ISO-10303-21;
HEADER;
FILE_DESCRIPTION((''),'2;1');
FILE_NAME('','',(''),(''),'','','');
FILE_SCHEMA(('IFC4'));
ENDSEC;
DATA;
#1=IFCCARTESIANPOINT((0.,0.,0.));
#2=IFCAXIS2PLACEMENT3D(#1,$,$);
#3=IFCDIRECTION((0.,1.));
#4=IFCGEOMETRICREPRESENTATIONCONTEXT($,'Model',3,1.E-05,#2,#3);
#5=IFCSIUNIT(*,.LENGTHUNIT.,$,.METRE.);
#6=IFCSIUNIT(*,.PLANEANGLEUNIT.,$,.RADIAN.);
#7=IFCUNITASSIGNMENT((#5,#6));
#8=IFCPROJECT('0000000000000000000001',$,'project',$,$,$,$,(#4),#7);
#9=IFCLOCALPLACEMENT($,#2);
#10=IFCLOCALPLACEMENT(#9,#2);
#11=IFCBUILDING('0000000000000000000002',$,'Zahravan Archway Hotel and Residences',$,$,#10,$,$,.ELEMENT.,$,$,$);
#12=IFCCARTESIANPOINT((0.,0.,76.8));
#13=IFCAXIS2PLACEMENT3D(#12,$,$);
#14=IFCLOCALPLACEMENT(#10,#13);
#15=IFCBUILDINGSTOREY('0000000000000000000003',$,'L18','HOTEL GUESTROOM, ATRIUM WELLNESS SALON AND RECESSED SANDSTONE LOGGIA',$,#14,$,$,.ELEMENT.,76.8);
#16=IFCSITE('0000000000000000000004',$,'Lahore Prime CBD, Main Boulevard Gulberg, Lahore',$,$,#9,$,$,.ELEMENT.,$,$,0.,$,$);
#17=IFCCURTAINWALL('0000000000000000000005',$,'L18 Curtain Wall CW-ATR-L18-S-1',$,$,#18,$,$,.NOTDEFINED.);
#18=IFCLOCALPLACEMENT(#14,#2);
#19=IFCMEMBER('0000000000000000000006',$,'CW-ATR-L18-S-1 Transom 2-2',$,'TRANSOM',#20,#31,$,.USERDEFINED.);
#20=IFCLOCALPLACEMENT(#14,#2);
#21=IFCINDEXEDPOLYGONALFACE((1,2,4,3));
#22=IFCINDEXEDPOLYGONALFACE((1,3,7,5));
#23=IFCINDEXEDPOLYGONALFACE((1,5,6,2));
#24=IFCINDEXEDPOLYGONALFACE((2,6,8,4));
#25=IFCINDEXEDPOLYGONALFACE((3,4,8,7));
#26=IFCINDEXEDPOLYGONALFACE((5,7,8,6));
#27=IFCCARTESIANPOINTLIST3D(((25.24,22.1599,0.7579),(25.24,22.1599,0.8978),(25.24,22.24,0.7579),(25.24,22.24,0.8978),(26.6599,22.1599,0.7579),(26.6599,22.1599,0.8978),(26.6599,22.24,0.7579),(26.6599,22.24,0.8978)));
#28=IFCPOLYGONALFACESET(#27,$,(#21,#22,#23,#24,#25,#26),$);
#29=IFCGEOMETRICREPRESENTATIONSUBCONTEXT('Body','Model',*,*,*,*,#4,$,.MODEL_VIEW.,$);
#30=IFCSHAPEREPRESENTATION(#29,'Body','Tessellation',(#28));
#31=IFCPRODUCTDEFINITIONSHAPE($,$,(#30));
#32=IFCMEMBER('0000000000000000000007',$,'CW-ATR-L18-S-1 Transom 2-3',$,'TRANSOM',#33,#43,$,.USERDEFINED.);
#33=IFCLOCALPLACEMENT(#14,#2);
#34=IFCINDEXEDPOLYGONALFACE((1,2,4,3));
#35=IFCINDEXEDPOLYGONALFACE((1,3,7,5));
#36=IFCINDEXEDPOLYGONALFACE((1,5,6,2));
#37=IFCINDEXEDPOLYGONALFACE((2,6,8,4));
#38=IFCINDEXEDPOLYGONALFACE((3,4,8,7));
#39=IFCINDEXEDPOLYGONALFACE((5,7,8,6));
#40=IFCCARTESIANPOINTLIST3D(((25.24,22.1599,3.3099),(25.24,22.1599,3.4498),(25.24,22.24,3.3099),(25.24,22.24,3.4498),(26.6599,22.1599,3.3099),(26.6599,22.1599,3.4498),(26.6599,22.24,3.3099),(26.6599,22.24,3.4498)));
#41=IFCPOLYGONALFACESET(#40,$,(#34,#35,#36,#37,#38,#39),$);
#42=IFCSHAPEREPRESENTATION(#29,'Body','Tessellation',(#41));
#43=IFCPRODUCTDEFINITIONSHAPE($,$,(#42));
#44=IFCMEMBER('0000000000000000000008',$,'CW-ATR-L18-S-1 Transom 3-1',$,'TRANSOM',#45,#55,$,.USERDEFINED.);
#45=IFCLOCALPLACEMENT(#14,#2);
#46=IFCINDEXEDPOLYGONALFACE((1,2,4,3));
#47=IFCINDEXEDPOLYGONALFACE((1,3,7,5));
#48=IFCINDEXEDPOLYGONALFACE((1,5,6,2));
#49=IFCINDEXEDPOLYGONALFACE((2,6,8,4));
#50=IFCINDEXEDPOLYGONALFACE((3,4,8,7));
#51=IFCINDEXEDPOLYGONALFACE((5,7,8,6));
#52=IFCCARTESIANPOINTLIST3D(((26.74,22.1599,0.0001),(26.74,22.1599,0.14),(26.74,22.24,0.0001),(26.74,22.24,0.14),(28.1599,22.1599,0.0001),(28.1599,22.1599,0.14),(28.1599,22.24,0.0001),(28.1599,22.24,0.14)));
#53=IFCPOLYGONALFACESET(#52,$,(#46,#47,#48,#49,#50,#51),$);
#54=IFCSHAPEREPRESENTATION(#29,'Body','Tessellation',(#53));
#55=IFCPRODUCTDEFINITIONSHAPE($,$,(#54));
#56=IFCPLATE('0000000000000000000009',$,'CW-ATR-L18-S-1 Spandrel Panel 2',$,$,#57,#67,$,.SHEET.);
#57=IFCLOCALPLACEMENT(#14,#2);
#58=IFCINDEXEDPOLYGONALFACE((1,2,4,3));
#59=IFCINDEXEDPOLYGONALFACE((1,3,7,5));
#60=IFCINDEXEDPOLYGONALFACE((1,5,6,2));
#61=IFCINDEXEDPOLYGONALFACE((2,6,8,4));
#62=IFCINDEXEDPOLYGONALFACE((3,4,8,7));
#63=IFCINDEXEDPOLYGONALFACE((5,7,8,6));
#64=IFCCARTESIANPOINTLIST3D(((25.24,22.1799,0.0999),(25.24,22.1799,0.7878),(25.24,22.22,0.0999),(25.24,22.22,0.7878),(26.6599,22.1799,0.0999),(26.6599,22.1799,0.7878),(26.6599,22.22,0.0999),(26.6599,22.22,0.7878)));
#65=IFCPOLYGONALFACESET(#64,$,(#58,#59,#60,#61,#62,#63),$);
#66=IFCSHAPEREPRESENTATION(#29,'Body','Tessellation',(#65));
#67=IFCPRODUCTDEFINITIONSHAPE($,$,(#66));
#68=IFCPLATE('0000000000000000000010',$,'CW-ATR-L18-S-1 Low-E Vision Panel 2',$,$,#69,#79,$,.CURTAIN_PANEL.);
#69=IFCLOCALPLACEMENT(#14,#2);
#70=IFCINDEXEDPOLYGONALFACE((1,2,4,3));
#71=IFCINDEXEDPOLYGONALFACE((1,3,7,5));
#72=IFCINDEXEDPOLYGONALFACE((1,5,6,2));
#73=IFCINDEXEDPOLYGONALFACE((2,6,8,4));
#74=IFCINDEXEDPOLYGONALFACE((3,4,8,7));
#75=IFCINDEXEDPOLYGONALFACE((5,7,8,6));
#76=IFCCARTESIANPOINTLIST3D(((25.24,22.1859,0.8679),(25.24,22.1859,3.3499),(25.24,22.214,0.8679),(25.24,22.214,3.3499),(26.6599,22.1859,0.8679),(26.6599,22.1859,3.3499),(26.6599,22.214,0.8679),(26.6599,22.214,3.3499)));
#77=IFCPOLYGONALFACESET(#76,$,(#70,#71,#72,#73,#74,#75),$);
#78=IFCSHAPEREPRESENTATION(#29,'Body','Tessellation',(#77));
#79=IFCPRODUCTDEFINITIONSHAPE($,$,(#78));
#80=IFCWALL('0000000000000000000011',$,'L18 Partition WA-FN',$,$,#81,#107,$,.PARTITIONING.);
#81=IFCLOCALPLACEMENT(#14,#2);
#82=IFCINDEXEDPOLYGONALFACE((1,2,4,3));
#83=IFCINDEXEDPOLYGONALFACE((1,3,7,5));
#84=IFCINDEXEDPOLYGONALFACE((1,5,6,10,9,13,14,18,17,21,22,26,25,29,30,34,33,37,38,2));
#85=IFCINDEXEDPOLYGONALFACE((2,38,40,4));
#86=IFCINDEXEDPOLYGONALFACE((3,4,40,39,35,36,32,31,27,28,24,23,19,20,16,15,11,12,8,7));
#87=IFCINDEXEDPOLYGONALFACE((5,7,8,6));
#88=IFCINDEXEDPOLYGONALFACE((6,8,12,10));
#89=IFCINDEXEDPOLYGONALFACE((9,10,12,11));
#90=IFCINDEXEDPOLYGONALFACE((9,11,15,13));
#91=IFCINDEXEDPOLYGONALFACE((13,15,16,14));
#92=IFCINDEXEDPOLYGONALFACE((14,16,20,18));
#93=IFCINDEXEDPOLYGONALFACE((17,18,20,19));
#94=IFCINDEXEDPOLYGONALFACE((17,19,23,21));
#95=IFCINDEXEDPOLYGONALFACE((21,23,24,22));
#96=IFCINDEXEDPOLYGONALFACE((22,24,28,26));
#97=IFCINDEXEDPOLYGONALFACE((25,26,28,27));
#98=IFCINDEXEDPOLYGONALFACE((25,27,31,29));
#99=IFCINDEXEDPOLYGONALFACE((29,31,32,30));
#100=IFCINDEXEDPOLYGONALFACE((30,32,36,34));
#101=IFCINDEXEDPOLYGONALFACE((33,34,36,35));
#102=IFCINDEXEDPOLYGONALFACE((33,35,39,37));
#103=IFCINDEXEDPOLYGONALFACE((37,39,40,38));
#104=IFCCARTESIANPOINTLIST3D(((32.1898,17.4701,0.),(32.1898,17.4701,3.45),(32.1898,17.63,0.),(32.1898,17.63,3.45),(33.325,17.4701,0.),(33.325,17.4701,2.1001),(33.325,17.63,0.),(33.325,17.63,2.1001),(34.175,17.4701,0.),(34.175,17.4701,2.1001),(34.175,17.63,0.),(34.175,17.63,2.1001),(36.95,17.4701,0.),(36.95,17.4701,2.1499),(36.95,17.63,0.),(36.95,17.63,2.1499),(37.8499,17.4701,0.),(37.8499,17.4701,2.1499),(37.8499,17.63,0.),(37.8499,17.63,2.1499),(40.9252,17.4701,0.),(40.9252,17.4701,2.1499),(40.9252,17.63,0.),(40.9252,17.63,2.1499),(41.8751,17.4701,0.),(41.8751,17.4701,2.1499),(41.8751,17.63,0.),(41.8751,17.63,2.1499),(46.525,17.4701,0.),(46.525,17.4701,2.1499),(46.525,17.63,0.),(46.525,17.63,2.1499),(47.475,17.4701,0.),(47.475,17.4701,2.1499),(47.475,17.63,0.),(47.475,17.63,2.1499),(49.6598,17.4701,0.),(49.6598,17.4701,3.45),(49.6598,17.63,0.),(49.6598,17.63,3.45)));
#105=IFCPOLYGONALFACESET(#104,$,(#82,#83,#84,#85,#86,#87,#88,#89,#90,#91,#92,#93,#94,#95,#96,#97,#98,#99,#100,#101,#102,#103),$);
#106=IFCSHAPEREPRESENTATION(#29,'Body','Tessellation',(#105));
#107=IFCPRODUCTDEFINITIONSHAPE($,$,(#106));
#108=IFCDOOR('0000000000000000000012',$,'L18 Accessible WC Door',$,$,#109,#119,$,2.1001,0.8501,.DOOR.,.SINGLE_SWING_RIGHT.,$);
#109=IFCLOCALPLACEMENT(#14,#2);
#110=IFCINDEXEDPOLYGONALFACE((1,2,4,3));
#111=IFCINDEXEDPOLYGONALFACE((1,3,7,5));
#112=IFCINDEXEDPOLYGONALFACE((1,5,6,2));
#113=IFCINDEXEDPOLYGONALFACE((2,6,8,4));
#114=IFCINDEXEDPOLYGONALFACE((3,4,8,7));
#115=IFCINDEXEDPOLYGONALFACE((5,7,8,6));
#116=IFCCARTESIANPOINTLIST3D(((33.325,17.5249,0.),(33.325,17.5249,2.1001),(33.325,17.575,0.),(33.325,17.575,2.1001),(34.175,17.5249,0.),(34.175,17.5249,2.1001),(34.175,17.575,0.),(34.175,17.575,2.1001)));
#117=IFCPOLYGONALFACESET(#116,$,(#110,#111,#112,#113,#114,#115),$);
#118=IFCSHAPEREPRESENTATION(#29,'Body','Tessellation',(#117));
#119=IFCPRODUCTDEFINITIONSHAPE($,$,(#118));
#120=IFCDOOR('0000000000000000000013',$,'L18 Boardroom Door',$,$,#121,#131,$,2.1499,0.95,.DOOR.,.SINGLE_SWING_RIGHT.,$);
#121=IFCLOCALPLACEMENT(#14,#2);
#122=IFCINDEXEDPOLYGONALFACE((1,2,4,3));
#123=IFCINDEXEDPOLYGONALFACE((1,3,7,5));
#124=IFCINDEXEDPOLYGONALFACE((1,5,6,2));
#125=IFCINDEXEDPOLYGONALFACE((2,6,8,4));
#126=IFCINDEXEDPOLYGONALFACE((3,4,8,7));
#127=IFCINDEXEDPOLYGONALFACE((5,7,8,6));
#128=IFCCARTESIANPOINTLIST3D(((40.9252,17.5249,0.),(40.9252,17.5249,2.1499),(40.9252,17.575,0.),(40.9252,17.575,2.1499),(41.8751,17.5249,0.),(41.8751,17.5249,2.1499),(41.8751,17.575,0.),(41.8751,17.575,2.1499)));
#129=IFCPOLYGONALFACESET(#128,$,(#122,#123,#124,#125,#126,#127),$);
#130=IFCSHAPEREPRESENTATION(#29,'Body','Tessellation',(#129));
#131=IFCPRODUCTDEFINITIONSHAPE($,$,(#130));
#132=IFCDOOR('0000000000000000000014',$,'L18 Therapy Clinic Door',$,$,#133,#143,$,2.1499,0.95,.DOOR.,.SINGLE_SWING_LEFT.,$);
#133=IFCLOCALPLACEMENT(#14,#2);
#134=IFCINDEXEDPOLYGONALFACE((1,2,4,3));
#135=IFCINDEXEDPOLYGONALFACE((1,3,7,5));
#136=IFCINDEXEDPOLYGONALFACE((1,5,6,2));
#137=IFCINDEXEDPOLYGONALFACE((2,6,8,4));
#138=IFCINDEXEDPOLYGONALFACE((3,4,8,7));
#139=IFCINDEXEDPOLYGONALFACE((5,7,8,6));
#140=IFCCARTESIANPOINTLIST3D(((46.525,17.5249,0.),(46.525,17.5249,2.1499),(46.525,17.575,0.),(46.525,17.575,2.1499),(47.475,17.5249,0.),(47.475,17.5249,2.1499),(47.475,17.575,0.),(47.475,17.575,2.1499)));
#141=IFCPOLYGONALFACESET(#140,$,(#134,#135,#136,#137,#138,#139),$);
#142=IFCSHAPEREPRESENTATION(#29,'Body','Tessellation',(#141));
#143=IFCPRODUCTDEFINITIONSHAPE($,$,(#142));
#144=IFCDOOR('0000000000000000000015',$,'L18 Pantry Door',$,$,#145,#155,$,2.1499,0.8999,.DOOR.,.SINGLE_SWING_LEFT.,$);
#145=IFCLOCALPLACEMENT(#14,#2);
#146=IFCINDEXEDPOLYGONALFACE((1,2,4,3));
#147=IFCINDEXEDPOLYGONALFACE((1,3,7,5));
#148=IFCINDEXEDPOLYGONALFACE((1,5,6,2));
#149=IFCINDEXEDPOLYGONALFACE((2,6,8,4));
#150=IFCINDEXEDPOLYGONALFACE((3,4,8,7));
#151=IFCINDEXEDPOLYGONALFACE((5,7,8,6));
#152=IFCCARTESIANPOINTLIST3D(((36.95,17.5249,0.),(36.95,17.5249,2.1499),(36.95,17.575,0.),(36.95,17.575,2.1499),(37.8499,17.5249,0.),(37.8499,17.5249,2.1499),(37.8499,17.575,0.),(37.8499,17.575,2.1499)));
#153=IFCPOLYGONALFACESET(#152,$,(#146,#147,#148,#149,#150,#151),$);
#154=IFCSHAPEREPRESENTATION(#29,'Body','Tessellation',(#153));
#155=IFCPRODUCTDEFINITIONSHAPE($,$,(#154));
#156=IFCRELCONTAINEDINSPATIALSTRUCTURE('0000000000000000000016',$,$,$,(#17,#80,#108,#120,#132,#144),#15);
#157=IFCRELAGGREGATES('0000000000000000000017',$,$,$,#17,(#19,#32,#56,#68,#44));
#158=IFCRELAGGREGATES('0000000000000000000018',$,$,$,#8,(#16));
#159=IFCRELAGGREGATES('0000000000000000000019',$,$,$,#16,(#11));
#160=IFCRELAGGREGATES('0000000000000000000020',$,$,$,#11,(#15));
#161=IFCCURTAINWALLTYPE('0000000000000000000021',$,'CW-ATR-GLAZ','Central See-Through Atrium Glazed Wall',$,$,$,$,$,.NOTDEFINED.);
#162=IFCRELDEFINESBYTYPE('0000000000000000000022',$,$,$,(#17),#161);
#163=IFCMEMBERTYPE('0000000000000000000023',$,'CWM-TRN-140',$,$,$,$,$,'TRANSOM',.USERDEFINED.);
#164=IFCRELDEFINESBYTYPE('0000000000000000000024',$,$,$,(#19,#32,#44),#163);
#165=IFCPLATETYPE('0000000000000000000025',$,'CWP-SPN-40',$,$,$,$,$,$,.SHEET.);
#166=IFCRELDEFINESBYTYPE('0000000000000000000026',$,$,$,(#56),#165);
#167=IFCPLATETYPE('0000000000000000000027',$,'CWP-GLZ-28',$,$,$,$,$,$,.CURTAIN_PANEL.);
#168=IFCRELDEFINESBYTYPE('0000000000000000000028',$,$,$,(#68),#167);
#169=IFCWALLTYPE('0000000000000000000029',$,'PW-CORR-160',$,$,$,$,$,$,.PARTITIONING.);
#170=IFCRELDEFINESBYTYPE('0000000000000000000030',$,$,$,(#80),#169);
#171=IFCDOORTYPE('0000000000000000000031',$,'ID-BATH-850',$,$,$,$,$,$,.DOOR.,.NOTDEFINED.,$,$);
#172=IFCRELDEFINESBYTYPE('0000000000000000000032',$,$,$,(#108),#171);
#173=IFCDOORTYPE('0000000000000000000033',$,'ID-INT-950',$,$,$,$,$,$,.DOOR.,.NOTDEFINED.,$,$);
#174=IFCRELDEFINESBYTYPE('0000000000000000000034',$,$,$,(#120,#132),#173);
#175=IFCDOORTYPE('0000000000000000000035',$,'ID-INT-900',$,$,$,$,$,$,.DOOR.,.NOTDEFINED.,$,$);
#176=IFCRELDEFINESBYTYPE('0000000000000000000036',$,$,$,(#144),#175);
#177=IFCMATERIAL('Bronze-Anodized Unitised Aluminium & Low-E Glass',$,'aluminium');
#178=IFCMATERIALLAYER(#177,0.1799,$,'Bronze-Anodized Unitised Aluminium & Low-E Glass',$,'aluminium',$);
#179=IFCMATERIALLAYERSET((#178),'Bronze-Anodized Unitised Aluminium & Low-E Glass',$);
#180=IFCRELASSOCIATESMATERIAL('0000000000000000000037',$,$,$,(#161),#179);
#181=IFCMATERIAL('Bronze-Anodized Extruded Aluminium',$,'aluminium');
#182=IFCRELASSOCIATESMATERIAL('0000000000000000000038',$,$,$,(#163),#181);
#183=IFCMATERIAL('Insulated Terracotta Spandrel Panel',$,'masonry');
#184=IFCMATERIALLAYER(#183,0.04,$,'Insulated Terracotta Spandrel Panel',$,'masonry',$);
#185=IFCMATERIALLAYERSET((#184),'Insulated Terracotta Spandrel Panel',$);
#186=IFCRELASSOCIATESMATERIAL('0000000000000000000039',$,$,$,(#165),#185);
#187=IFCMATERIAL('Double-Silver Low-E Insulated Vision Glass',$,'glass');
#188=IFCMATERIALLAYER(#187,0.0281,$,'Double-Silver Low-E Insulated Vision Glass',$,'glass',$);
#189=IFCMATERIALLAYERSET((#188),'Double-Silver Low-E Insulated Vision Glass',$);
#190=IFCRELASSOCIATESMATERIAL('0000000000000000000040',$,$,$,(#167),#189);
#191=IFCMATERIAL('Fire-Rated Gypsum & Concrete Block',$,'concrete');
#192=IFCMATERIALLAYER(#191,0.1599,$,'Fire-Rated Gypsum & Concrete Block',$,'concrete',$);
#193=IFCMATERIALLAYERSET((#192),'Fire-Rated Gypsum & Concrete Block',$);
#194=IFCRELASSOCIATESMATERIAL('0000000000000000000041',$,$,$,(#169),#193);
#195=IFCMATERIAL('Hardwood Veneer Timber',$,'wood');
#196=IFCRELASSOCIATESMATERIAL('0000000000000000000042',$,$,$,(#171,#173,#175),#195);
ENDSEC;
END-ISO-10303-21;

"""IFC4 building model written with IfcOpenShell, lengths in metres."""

from ifc_helpers import new_model, si_unit, direction, frame, frame_2d, origin, origin_2d, place, context, subcontext, project, spatial, rectangle, extrude, source, transform, mapped, material, layer, layer_set, material_profile, profile_set, type_object, type_shapes, element, fill, aggregate, save


model = new_model("IFC4")

# Units and contexts
model_context = context("Model", 3, precision=1e-05, world=origin(), true_north=direction((0.0, 1.0)))
body_context = subcontext(model_context, "Body", "Model", "MODEL_VIEW")
ifc_project = project(units=[si_unit("LENGTHUNIT", "METRE"), si_unit("PLANEANGLEUNIT", "RADIAN")], contexts=[model_context])

# Site, building, storey
site_placement = place(None, origin())
site = spatial("IfcSite", under=ifc_project, at=site_placement, Name="Lahore Prime CBD, Main Boulevard Gulberg, Lahore", CompositionType="ELEMENT", RefElevation=0.0)
building_placement = place(site_placement, origin())
building = spatial("IfcBuilding", under=site, at=building_placement, Name="Zahravan Archway Hotel and Residences", CompositionType="ELEMENT")
storey_placement = place(building_placement, frame((0.0, 0.0, 76.8)))
storey = spatial("IfcBuildingStorey", under=building, at=storey_placement, Name="L18", Description="HOTEL GUESTROOM, ATRIUM WELLNESS SALON AND RECESSED SANDSTONE LOGGIA", CompositionType="ELEMENT", Elevation=76.8)

# Curtain wall, members, plates
ifc_material_1 = material(Name="Bronze-Anodized Unitised Aluminium & Low-E Glass", Category="aluminium")
ifc_layer_1 = layer(ifc_material_1, 0.1799, Name="Bronze-Anodized Unitised Aluminium & Low-E Glass", Category="aluminium")
ifc_layer_set_1 = layer_set([ifc_layer_1], Name="Bronze-Anodized Unitised Aluminium & Low-E Glass")
curtain_wall_type = type_object("IfcCurtainWallType", Name="CW-ATR-GLAZ", Description="Central See-Through Atrium Glazed Wall", PredefinedType="NOTDEFINED", material=ifc_layer_set_1)
curtain_wall_placement = place(storey_placement, origin())
curtain_wall = element("IfcCurtainWall", 1, at=curtain_wall_placement, inside=storey, type_object=curtain_wall_type, Name="L18 Curtain Wall CW-ATR-L18-S-1", PredefinedType="NOTDEFINED")
ifc_material_2 = material(Name="Bronze-Anodized Extruded Aluminium", Category="aluminium")
ifc_material_profile_1 = material_profile(ifc_material_2, rectangle(XDim=0.0801, YDim=0.1399, at=origin_2d()), Name="TRN 80x140", Category="aluminium")
ifc_profile_set_1 = profile_set([ifc_material_profile_1], Name="Bronze-Anodized Extruded Aluminium")
member_type_1 = type_object("IfcMemberType", Name="CWM-TRN-140", ElementType="TRANSOM", PredefinedType="USERDEFINED", material=ifc_profile_set_1)
shared_shape_1 = source(origin(), body_context, "Body", "SweptSolid", [
    extrude(rectangle(XDim=0.0801, YDim=0.1399, at=origin_2d()), origin(), (0.0, 0.0, 1.0), 1.4199),
])
member_1_placement = place(storey_placement, frame((25.24, 22.2, 0.8279), z_axis=(1.0, 0.0, 0.0), x_axis=(0.0, 1.0, 0.0)))
member_1 = element("IfcMember", 2, at=member_1_placement, type_object=member_type_1, Name="CW-ATR-L18-S-1 Transom 2-2", ObjectType="TRANSOM", PredefinedType="USERDEFINED", context=body_context, shape_type="MappedRepresentation", body=[
    mapped(shared_shape_1, transform((0.0, 0.0, 0.0), scale=1.0)),
])
member_2_placement = place(storey_placement, frame((25.24, 22.2, 3.3799), z_axis=(1.0, 0.0, 0.0), x_axis=(0.0, 1.0, 0.0)))
member_2 = element("IfcMember", 3, at=member_2_placement, type_object=member_type_1, Name="CW-ATR-L18-S-1 Transom 2-3", ObjectType="TRANSOM", PredefinedType="USERDEFINED", context=body_context, shape_type="MappedRepresentation", body=[
    mapped(shared_shape_1, transform((0.0, 0.0, 0.0), scale=1.0)),
])
member_3_placement = place(storey_placement, frame((26.74, 22.2, 0.0701), z_axis=(1.0, 0.0, 0.0), x_axis=(0.0, 1.0, 0.0)))
member_3 = element("IfcMember", 4, at=member_3_placement, type_object=member_type_1, Name="CW-ATR-L18-S-1 Transom 3-1", ObjectType="TRANSOM", PredefinedType="USERDEFINED", context=body_context, shape_type="MappedRepresentation", body=[
    mapped(shared_shape_1, transform((0.0, 0.0, 0.0), scale=1.0)),
])
ifc_material_3 = material(Name="Insulated Terracotta Spandrel Panel", Category="masonry")
ifc_layer_2 = layer(ifc_material_3, 0.04, Name="Insulated Terracotta Spandrel Panel", Category="masonry")
ifc_layer_set_2 = layer_set([ifc_layer_2], Name="Insulated Terracotta Spandrel Panel")
plate_type_1 = type_object("IfcPlateType", Name="CWP-SPN-40", PredefinedType="SHEET", material=ifc_layer_set_2)
shared_shape_2 = source(origin(), body_context, "Body", "SweptSolid", [
    extrude(rectangle(XDim=1.4199, YDim=0.04, at=origin_2d()), origin(), (0.0, 0.0, 1.0), 0.688),
])
plate_1_placement = place(storey_placement, frame((25.95, 22.2, 0.0999), z_axis=(0.0, 0.0, 1.0), x_axis=(1.0, 0.0, 0.0)))
plate_1 = element("IfcPlate", 5, at=plate_1_placement, type_object=plate_type_1, Name="CW-ATR-L18-S-1 Spandrel Panel 2", PredefinedType="SHEET", context=body_context, shape_type="MappedRepresentation", body=[
    mapped(shared_shape_2, transform((0.0, 0.0, 0.0), scale=1.0)),
])
ifc_material_4 = material(Name="Double-Silver Low-E Insulated Vision Glass", Category="glass")
ifc_layer_3 = layer(ifc_material_4, 0.0281, Name="Double-Silver Low-E Insulated Vision Glass", Category="glass")
ifc_layer_set_3 = layer_set([ifc_layer_3], Name="Double-Silver Low-E Insulated Vision Glass")
plate_type_2 = type_object("IfcPlateType", Name="CWP-GLZ-28", PredefinedType="CURTAIN_PANEL", material=ifc_layer_set_3)
shared_shape_3 = source(origin(), body_context, "Body", "SweptSolid", [
    extrude(rectangle(XDim=1.4199, YDim=0.0281, at=origin_2d()), origin(), (0.0, 0.0, 1.0), 2.4819),
])
plate_2_placement = place(storey_placement, frame((25.95, 22.2, 0.8679), z_axis=(0.0, 0.0, 1.0), x_axis=(1.0, 0.0, 0.0)))
plate_2 = element("IfcPlate", 6, at=plate_2_placement, type_object=plate_type_2, Name="CW-ATR-L18-S-1 Low-E Vision Panel 2", PredefinedType="CURTAIN_PANEL", context=body_context, shape_type="MappedRepresentation", body=[
    mapped(shared_shape_3, transform((0.0, 0.0, 0.0), scale=1.0)),
])
aggregate(curtain_wall, [member_1, member_2, plate_1, plate_2, member_3])

# Wall, openings, doors
ifc_material_5 = material(Name="Fire-Rated Gypsum & Concrete Block", Category="concrete")
ifc_layer_4 = layer(ifc_material_5, 0.1599, Name="Fire-Rated Gypsum & Concrete Block", Category="concrete")
ifc_layer_set_4 = layer_set([ifc_layer_4], Name="Fire-Rated Gypsum & Concrete Block")
wall_type_1 = type_object("IfcWallType", Name="PW-CORR-160", PredefinedType="PARTITIONING", material=ifc_layer_set_4)
wall_1_placement = place(storey_placement, frame((32.1899, 17.55, 0.0), z_axis=(0.0, 0.0, 1.0), x_axis=(1.0, 0.0, 0.0)))
wall_1 = element("IfcWall", 7, at=wall_1_placement, inside=storey, type_object=wall_type_1, Name="L18 Partition WA-FN", PredefinedType="PARTITIONING", context=body_context, shape_type="SweptSolid", body=[
    extrude(rectangle(XDim=17.47, YDim=0.1599, at=frame_2d((8.7349, 0.0))), origin(), (0.0, 0.0, 1.0), 3.45),
])
opening_1_placement = place(wall_1_placement, frame((1.135, 0.0, 0.0)))
opening_1 = element("IfcOpeningElement", 8, at=opening_1_placement, cuts=wall_1, PredefinedType="OPENING", context=body_context, shape_type="SweptSolid", body=[
    extrude(rectangle(XDim=0.8501, YDim=2.1001, at=frame_2d((0.425, 1.05))), frame((0.0, 0.0898, 0.0), z_axis=(0.0, -1.0, 0.0), x_axis=(1.0, 0.0, 0.0)), (0.0, 0.0, 1.0), 0.1799),
])
opening_2_placement = place(wall_1_placement, frame((4.76, 0.0, 0.0)))
opening_2 = element("IfcOpeningElement", 9, at=opening_2_placement, cuts=wall_1, PredefinedType="OPENING", context=body_context, shape_type="SweptSolid", body=[
    extrude(rectangle(XDim=0.8999, YDim=2.1499, at=frame_2d((0.45, 1.075))), frame((0.0, 0.0898, 0.0), z_axis=(0.0, -1.0, 0.0), x_axis=(1.0, 0.0, 0.0)), (0.0, 0.0, 1.0), 0.1799),
])
opening_3_placement = place(wall_1_placement, frame((8.7351, 0.0, 0.0)))
opening_3 = element("IfcOpeningElement", 10, at=opening_3_placement, cuts=wall_1, PredefinedType="OPENING", context=body_context, shape_type="SweptSolid", body=[
    extrude(rectangle(XDim=0.95, YDim=2.1499, at=frame_2d((0.4751, 1.075))), frame((0.0, 0.0898, 0.0), z_axis=(0.0, -1.0, 0.0), x_axis=(1.0, 0.0, 0.0)), (0.0, 0.0, 1.0), 0.1799),
])
opening_4_placement = place(wall_1_placement, frame((14.335, 0.0, 0.0)))
opening_4 = element("IfcOpeningElement", 11, at=opening_4_placement, cuts=wall_1, PredefinedType="OPENING", context=body_context, shape_type="SweptSolid", body=[
    extrude(rectangle(XDim=0.95, YDim=2.1499, at=frame_2d((0.4751, 1.075))), frame((0.0, 0.0898, 0.0), z_axis=(0.0, -1.0, 0.0), x_axis=(1.0, 0.0, 0.0)), (0.0, 0.0, 1.0), 0.1799),
])
ifc_material_6 = material(Name="Hardwood Veneer Timber", Category="wood")
door_type_1 = type_object("IfcDoorType", Name="ID-BATH-850", OperationType="NOTDEFINED", PredefinedType="DOOR", material=ifc_material_6)
shared_shape_4 = source(origin(), body_context, "Body", "SweptSolid", [
    extrude(rectangle(XDim=0.8501, YDim=2.1001, at=frame_2d((0.425, 1.05))), frame((0.0, 0.0249, 0.0), z_axis=(0.0, -1.0, 0.0), x_axis=(1.0, 0.0, 0.0)), (0.0, 0.0, 1.0), 0.05),
])
type_shapes(door_type_1, [shared_shape_4])
door_1_placement = place(opening_1_placement, origin())
door_1 = element("IfcDoor", 12, at=door_1_placement, inside=storey, type_object=door_type_1, Name="L18 Accessible WC Door", OperationType="SINGLE_SWING_RIGHT", OverallHeight=2.1001, OverallWidth=0.8501, PredefinedType="DOOR", context=body_context, shape_type="MappedRepresentation", body=[
    mapped(shared_shape_4, transform((0.0, 0.0, 0.0), scale=1.0)),
])
fill(opening_1, door_1)
door_type_2 = type_object("IfcDoorType", Name="ID-INT-950", OperationType="NOTDEFINED", PredefinedType="DOOR", material=ifc_material_6)
shared_shape_5 = source(origin(), body_context, "Body", "SweptSolid", [
    extrude(rectangle(XDim=0.95, YDim=2.1499, at=frame_2d((0.4751, 1.075))), frame((0.0, 0.0249, 0.0), z_axis=(0.0, -1.0, 0.0), x_axis=(1.0, 0.0, 0.0)), (0.0, 0.0, 1.0), 0.05),
])
type_shapes(door_type_2, [shared_shape_5])
door_2_placement = place(opening_3_placement, origin())
door_2 = element("IfcDoor", 13, at=door_2_placement, inside=storey, type_object=door_type_2, Name="L18 Boardroom Door", OperationType="SINGLE_SWING_RIGHT", OverallHeight=2.1499, OverallWidth=0.95, PredefinedType="DOOR", context=body_context, shape_type="MappedRepresentation", body=[
    mapped(shared_shape_5, transform((0.0, 0.0, 0.0), scale=1.0)),
])
fill(opening_3, door_2)
door_3_placement = place(opening_4_placement, origin())
door_3 = element("IfcDoor", 14, at=door_3_placement, inside=storey, type_object=door_type_2, Name="L18 Therapy Clinic Door", OperationType="SINGLE_SWING_LEFT", OverallHeight=2.1499, OverallWidth=0.95, PredefinedType="DOOR", context=body_context, shape_type="MappedRepresentation", body=[
    mapped(shared_shape_5, transform((0.0, 0.0, 0.0), scale=1.0)),
])
fill(opening_4, door_3)
door_type_3 = type_object("IfcDoorType", Name="ID-INT-900", OperationType="NOTDEFINED", PredefinedType="DOOR", material=ifc_material_6)
shared_shape_6 = source(origin(), body_context, "Body", "SweptSolid", [
    extrude(rectangle(XDim=0.8999, YDim=2.1499, at=frame_2d((0.45, 1.075))), frame((0.0, 0.0249, 0.0), z_axis=(0.0, -1.0, 0.0), x_axis=(1.0, 0.0, 0.0)), (0.0, 0.0, 1.0), 0.05),
])
type_shapes(door_type_3, [shared_shape_6])
door_4_placement = place(opening_2_placement, origin())
door_4 = element("IfcDoor", 15, at=door_4_placement, inside=storey, type_object=door_type_3, Name="L18 Pantry Door", OperationType="SINGLE_SWING_LEFT", OverallHeight=2.1499, OverallWidth=0.8999, PredefinedType="DOOR", context=body_context, shape_type="MappedRepresentation", body=[
    mapped(shared_shape_6, transform((0.0, 0.0, 0.0), scale=1.0)),
])
fill(opening_2, door_4)

save(model, "model.ifc")
